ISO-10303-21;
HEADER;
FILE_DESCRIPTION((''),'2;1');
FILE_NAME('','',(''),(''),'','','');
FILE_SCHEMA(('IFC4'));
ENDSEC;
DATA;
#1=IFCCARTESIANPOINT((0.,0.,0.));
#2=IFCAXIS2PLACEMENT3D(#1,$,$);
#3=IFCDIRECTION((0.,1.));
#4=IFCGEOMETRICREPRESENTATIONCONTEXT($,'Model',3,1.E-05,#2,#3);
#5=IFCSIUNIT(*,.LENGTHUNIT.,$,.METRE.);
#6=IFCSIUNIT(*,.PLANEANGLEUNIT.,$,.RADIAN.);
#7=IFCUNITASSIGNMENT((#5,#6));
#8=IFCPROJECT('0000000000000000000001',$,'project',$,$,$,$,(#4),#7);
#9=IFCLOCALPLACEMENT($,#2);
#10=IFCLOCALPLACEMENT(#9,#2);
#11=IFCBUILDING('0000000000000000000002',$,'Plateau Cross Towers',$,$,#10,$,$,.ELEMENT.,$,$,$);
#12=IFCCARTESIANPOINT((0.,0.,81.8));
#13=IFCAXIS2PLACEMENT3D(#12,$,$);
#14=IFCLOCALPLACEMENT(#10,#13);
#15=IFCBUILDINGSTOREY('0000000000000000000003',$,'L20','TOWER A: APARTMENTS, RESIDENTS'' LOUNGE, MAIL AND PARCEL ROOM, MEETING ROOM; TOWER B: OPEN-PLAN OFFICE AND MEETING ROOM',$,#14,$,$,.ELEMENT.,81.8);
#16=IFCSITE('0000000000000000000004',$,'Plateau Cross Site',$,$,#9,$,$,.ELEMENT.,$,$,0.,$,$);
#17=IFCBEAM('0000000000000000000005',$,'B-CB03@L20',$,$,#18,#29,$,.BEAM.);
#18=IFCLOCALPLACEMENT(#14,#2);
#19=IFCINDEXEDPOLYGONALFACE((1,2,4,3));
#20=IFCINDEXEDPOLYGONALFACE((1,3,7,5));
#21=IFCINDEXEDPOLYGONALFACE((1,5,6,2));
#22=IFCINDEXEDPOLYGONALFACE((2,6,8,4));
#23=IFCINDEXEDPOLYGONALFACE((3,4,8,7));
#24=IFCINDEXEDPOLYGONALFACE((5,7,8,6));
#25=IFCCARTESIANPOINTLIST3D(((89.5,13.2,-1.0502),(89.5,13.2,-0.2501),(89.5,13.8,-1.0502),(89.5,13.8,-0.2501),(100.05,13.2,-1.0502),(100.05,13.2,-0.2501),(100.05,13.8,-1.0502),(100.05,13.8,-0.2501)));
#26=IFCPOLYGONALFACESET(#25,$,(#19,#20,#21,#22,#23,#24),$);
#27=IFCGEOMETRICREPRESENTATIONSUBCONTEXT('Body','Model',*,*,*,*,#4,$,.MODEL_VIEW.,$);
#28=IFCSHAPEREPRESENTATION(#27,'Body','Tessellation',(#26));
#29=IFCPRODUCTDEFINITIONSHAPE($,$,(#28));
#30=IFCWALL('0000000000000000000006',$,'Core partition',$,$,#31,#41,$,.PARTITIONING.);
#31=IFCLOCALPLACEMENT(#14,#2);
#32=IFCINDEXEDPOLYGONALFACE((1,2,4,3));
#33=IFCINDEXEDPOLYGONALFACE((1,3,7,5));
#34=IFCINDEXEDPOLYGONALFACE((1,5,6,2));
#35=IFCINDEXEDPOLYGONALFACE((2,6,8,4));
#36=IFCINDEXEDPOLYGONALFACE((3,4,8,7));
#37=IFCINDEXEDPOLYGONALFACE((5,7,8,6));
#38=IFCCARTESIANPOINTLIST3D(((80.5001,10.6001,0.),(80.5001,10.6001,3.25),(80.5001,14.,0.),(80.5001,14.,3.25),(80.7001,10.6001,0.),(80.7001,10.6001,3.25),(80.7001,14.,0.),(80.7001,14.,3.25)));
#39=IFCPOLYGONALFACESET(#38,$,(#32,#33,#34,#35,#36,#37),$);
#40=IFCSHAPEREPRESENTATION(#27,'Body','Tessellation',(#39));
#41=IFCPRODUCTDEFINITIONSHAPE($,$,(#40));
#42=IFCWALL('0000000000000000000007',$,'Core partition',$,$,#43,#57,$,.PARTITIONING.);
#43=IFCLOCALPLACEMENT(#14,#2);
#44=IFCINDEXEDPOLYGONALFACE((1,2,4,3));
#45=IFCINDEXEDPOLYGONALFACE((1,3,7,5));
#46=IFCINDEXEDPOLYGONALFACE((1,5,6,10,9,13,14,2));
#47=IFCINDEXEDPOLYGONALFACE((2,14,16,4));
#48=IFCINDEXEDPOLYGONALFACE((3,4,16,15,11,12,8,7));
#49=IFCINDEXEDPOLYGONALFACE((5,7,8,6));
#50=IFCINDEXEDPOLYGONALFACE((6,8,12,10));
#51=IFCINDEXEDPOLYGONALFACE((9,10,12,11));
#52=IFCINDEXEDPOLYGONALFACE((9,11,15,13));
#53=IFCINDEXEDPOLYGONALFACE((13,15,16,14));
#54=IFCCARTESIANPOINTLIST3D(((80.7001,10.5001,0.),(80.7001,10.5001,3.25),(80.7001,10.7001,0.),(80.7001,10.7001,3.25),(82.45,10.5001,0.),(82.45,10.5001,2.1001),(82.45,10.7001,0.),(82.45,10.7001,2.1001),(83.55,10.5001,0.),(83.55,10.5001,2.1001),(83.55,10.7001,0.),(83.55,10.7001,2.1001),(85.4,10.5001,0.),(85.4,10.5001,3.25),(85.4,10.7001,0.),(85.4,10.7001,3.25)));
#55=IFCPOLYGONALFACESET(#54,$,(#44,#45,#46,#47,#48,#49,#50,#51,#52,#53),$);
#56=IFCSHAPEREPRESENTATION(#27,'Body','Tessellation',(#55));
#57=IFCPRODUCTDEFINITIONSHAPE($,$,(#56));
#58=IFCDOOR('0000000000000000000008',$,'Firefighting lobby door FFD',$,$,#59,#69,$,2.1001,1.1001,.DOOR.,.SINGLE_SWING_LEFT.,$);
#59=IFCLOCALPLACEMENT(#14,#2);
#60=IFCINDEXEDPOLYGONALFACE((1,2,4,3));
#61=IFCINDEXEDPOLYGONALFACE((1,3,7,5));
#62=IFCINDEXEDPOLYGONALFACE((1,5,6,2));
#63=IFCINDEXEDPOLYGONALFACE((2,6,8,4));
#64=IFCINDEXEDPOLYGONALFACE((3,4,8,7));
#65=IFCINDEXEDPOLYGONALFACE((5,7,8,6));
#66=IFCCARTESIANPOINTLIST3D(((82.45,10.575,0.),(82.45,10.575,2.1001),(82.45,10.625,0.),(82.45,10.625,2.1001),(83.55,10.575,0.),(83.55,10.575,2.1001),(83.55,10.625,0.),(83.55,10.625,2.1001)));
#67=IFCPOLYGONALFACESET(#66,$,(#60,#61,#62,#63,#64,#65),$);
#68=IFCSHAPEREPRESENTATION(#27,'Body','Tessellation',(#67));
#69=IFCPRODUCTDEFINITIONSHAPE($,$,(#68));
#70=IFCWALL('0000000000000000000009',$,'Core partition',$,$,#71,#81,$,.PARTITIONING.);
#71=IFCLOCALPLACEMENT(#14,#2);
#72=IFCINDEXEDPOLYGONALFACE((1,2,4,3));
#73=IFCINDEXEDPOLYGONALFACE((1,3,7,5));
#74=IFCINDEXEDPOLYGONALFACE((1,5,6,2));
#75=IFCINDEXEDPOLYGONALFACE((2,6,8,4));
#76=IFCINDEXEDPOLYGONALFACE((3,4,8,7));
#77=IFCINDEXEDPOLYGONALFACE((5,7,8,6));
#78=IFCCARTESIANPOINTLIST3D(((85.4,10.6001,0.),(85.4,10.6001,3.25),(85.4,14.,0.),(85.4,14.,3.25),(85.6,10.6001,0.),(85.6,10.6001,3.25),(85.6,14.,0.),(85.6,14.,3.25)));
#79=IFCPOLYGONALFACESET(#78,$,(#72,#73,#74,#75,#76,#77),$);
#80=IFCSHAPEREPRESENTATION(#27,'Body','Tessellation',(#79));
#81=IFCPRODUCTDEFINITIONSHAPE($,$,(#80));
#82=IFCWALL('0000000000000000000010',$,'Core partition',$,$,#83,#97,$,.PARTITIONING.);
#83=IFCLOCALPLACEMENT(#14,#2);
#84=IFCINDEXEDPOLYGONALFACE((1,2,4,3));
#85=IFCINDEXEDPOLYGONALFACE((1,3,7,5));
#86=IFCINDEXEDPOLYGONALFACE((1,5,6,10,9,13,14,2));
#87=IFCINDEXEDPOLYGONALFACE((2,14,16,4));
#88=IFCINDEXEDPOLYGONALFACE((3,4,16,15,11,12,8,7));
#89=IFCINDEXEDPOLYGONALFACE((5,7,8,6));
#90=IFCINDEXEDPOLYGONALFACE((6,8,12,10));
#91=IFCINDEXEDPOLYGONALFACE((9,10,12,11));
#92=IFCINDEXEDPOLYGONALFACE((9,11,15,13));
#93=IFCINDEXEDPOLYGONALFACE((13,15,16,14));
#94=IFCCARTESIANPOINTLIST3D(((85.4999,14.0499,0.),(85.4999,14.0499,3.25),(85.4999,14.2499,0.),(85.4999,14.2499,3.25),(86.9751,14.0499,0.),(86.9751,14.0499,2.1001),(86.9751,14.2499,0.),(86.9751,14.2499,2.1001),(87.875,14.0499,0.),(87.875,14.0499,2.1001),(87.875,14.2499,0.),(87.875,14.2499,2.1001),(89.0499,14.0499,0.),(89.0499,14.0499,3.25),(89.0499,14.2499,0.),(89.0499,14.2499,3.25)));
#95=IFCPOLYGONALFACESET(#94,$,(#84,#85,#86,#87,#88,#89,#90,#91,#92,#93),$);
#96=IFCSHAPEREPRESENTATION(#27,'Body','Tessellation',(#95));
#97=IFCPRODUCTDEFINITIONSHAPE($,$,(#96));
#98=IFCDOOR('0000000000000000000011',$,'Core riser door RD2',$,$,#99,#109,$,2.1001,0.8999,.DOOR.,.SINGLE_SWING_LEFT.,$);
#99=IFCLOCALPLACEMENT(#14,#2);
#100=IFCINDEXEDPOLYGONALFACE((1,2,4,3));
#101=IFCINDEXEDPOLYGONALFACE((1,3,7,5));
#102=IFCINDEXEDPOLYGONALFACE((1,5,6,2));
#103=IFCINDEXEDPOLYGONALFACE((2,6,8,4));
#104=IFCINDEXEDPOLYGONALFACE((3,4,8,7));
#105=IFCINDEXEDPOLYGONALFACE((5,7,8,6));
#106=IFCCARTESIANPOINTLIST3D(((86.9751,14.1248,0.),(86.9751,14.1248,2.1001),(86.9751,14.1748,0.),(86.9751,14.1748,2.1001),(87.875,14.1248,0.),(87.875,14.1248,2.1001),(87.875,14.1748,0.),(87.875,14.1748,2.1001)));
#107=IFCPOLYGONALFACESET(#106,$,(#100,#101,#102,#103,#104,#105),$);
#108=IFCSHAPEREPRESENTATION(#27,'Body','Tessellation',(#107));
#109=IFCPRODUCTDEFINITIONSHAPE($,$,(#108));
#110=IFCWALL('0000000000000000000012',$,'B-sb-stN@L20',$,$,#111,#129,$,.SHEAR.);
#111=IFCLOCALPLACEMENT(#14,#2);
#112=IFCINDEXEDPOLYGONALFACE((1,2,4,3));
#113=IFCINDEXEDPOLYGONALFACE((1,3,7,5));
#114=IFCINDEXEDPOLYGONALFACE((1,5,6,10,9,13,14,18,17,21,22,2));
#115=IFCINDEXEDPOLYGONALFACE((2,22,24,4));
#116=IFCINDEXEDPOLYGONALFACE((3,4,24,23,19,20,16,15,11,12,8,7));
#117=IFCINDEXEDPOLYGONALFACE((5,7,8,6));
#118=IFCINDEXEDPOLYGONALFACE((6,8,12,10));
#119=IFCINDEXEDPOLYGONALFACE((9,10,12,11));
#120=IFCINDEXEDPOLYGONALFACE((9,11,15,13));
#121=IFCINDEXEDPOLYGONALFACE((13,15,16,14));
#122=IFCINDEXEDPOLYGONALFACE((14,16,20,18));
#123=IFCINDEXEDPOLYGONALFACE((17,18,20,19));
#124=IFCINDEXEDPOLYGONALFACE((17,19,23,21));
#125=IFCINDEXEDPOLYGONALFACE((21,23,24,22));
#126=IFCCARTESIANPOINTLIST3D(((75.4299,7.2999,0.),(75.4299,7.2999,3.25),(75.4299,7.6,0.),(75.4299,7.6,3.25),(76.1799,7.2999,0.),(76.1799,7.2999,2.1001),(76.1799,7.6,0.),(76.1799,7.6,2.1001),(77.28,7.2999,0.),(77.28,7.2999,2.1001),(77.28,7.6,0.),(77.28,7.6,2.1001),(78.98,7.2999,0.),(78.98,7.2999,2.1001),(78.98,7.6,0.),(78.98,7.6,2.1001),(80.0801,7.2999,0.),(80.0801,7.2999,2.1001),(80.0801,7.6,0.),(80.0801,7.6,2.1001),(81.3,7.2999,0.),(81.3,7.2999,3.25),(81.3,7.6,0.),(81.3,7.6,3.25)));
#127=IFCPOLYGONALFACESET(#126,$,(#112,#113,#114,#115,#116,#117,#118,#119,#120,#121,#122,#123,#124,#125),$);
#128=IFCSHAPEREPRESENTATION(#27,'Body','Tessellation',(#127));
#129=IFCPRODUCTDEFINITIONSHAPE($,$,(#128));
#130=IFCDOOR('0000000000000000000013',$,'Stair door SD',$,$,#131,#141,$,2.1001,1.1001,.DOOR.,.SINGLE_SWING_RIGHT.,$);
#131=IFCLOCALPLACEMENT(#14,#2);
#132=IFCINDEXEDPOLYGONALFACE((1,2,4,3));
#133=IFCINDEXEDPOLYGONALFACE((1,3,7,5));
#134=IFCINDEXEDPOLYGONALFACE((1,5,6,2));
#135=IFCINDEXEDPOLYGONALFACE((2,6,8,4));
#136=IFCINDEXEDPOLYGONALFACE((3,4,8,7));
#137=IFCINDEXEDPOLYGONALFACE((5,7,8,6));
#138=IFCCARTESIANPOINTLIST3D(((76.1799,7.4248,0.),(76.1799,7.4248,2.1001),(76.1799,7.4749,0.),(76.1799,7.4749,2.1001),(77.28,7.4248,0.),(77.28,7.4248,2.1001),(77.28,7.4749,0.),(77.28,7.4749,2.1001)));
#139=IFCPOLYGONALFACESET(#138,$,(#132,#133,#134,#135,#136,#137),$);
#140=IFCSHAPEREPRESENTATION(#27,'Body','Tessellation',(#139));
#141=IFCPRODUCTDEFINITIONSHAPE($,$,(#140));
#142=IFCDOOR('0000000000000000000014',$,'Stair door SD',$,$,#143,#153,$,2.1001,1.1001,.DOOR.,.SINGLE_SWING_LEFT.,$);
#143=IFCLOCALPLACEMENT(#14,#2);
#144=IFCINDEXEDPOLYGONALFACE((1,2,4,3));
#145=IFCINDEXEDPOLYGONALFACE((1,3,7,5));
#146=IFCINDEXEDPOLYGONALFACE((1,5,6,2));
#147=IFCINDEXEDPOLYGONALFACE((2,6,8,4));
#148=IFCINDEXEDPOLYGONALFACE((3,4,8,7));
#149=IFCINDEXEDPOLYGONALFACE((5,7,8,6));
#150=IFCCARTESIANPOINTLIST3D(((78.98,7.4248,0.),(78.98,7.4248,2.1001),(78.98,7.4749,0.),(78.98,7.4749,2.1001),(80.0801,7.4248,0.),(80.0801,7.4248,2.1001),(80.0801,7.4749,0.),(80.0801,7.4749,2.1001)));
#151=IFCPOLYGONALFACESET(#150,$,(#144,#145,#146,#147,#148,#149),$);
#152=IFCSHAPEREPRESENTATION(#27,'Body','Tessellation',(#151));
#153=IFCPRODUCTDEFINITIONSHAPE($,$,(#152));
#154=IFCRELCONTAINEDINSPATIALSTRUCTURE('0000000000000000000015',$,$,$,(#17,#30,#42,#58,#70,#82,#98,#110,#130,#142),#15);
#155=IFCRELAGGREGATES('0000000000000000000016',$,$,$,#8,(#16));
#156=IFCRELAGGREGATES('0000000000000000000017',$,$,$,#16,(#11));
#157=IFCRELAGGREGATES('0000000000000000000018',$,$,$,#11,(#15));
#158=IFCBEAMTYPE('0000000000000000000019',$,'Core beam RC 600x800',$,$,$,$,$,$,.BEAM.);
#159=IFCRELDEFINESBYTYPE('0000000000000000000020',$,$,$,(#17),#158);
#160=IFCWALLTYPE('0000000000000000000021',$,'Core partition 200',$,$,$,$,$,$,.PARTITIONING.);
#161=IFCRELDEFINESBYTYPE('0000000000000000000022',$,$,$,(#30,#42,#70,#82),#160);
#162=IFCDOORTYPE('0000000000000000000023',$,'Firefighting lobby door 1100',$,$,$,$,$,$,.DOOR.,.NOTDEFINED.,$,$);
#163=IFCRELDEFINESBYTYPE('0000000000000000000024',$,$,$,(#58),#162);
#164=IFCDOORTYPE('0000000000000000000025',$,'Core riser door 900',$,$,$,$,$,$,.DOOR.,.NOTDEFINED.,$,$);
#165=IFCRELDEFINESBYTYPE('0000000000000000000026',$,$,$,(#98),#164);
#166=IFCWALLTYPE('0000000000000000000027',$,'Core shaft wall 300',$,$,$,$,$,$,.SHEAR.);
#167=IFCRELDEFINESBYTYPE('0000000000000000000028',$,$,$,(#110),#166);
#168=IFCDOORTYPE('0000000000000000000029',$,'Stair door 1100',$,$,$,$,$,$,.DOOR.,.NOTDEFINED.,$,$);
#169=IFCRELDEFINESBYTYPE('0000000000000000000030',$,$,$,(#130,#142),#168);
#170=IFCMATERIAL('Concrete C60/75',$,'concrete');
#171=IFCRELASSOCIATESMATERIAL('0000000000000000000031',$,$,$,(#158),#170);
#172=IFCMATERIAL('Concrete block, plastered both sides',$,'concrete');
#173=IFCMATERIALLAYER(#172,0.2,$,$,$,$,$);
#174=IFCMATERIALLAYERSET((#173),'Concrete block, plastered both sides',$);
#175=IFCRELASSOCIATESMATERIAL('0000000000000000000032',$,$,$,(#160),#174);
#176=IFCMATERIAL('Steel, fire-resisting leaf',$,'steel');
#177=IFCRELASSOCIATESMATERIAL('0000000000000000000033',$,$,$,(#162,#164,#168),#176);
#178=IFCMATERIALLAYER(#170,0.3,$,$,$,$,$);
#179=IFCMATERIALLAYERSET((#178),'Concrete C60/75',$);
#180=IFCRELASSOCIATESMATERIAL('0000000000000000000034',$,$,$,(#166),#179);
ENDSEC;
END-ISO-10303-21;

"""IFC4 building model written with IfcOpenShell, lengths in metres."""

from ifc_helpers import new_model, si_unit, direction, frame, frame_2d, origin, origin_2d, place, context, subcontext, project, spatial, rectangle, extrude, material, layer, layer_set, material_profile, profile_set, type_object, element, fill, save


model = new_model("IFC4")

# Units and contexts
model_context = context("Model", 3, precision=1e-05, world=origin(), true_north=direction((0.0, 1.0)))
body_context = subcontext(model_context, "Body", "Model", "MODEL_VIEW")
ifc_project = project(units=[si_unit("LENGTHUNIT", "METRE"), si_unit("PLANEANGLEUNIT", "RADIAN")], contexts=[model_context])

# Site, building, storey
site_placement = place(None, origin())
site = spatial("IfcSite", under=ifc_project, at=site_placement, Name="Plateau Cross Site", CompositionType="ELEMENT", RefElevation=0.0)
building_placement = place(site_placement, origin())
building = spatial("IfcBuilding", under=site, at=building_placement, Name="Plateau Cross Towers", CompositionType="ELEMENT")
storey_placement = place(building_placement, frame((0.0, 0.0, 81.8)))
storey = spatial("IfcBuildingStorey", under=building, at=storey_placement, Name="L20", Description="TOWER A: APARTMENTS, RESIDENTS' LOUNGE, MAIL AND PARCEL ROOM, MEETING ROOM; TOWER B: OPEN-PLAN OFFICE AND MEETING ROOM", CompositionType="ELEMENT", Elevation=81.8)

# Beam
ifc_material_1 = material(Name="Concrete C60/75", Category="concrete")
ifc_material_profile = material_profile(ifc_material_1, rectangle(XDim=0.6001, YDim=0.8, at=origin_2d()), Name="RC 600x800")
ifc_profile_set = profile_set([ifc_material_profile], Name="Concrete C60/75")
beam_type = type_object("IfcBeamType", Name="Core beam RC 600x800", PredefinedType="BEAM", material=ifc_profile_set)
beam_placement = place(storey_placement, frame((89.5, 13.5, -0.6501), z_axis=(1.0, 0.0, 0.0), x_axis=(0.0, 1.0, 0.0)))
element("IfcBeam", 1, at=beam_placement, inside=storey, type_object=beam_type, Name="B-CB03@L20", PredefinedType="BEAM", context=body_context, shape_type="SweptSolid", body=[
    extrude(rectangle(XDim=0.6001, YDim=0.8, at=origin_2d()), origin(), (0.0, 0.0, 1.0), 10.55),
])

# Wall
ifc_material_2 = material(Name="Concrete block, plastered both sides", Category="concrete")
ifc_layer_1 = layer(ifc_material_2, 0.2)
ifc_layer_set_1 = layer_set([ifc_layer_1], Name="Concrete block, plastered both sides")
wall_type_1 = type_object("IfcWallType", Name="Core partition 200", PredefinedType="PARTITIONING", material=ifc_layer_set_1)
wall_1_placement = place(storey_placement, frame((80.6001, 10.6001, 0.0), z_axis=(0.0, 0.0, 1.0), x_axis=(0.0, 1.0, 0.0)))
element("IfcWall", 2, at=wall_1_placement, inside=storey, type_object=wall_type_1, Name="Core partition", PredefinedType="PARTITIONING", context=body_context, shape_type="SweptSolid", body=[
    extrude(rectangle(XDim=3.3999, YDim=0.2, at=frame_2d((1.7, 0.0))), origin(), (0.0, 0.0, 1.0), 3.25),
])

# Wall, opening, door
wall_2_placement = place(storey_placement, frame((80.7, 10.6001, 0.0), z_axis=(0.0, 0.0, 1.0), x_axis=(1.0, 0.0, 0.0)))
wall_2 = element("IfcWall", 3, at=wall_2_placement, inside=storey, type_object=wall_type_1, Name="Core partition", PredefinedType="PARTITIONING", context=body_context, shape_type="SweptSolid", body=[
    extrude(rectangle(XDim=4.7, YDim=0.2, at=frame_2d((2.3501, 0.0))), origin(), (0.0, 0.0, 1.0), 3.25),
])
opening_1_placement = place(wall_2_placement, frame((1.75, 0.0, 0.0)))
opening_1 = element("IfcOpeningElement", 4, at=opening_1_placement, cuts=wall_2, PredefinedType="OPENING", context=body_context, shape_type="SweptSolid", body=[
    extrude(rectangle(XDim=1.1001, YDim=2.1001, at=frame_2d((0.55, 1.05))), frame((0.0, 0.1099, 0.0), z_axis=(0.0, -1.0, 0.0), x_axis=(1.0, 0.0, 0.0)), (0.0, 0.0, 1.0), 0.22),
])
ifc_material_3 = material(Name="Steel, fire-resisting leaf", Category="steel")
door_type_1 = type_object("IfcDoorType", Name="Firefighting lobby door 1100", OperationType="NOTDEFINED", PredefinedType="DOOR", material=ifc_material_3)
door_1_placement = place(opening_1_placement, origin())
door_1 = element("IfcDoor", 5, at=door_1_placement, inside=storey, type_object=door_type_1, Name="Firefighting lobby door FFD", OperationType="SINGLE_SWING_LEFT", OverallHeight=2.1001, OverallWidth=1.1001, PredefinedType="DOOR", context=body_context, shape_type="SweptSolid", body=[
    extrude(rectangle(XDim=1.1001, YDim=2.1001, at=frame_2d((0.55, 1.05))), frame((0.0, 0.0249, 0.0), z_axis=(0.0, -1.0, 0.0), x_axis=(1.0, 0.0, 0.0)), (0.0, 0.0, 1.0), 0.05),
])
fill(opening_1, door_1)

# Wall
wall_3_placement = place(storey_placement, frame((85.5, 10.6001, 0.0), z_axis=(0.0, 0.0, 1.0), x_axis=(0.0, 1.0, 0.0)))
element("IfcWall", 6, at=wall_3_placement, inside=storey, type_object=wall_type_1, Name="Core partition", PredefinedType="PARTITIONING", context=body_context, shape_type="SweptSolid", body=[
    extrude(rectangle(XDim=3.3999, YDim=0.2, at=frame_2d((1.7, 0.0))), origin(), (0.0, 0.0, 1.0), 3.25),
])

# Wall, opening, door
wall_4_placement = place(storey_placement, frame((85.5, 14.1499, 0.0), z_axis=(0.0, 0.0, 1.0), x_axis=(1.0, 0.0, 0.0)))
wall_4 = element("IfcWall", 7, at=wall_4_placement, inside=storey, type_object=wall_type_1, Name="Core partition", PredefinedType="PARTITIONING", context=body_context, shape_type="SweptSolid", body=[
    extrude(rectangle(XDim=3.55, YDim=0.2, at=frame_2d((1.7749, 0.0))), origin(), (0.0, 0.0, 1.0), 3.25),
])
opening_2_placement = place(wall_4_placement, frame((1.4751, 0.0, 0.0)))
opening_2 = element("IfcOpeningElement", 8, at=opening_2_placement, cuts=wall_4, PredefinedType="OPENING", context=body_context, shape_type="SweptSolid", body=[
    extrude(rectangle(XDim=0.8999, YDim=2.1001, at=frame_2d((0.45, 1.05))), frame((0.0, 0.1099, 0.0), z_axis=(0.0, -1.0, 0.0), x_axis=(1.0, 0.0, 0.0)), (0.0, 0.0, 1.0), 0.22),
])
door_type_2 = type_object("IfcDoorType", Name="Core riser door 900", OperationType="NOTDEFINED", PredefinedType="DOOR", material=ifc_material_3)
door_2_placement = place(opening_2_placement, origin())
door_2 = element("IfcDoor", 9, at=door_2_placement, inside=storey, type_object=door_type_2, Name="Core riser door RD2", OperationType="SINGLE_SWING_LEFT", OverallHeight=2.1001, OverallWidth=0.8999, PredefinedType="DOOR", context=body_context, shape_type="SweptSolid", body=[
    extrude(rectangle(XDim=0.8999, YDim=2.1001, at=frame_2d((0.45, 1.05))), frame((0.0, 0.0249, 0.0), z_axis=(0.0, -1.0, 0.0), x_axis=(1.0, 0.0, 0.0)), (0.0, 0.0, 1.0), 0.05),
])
fill(opening_2, door_2)

# Wall, openings, doors
ifc_layer_2 = layer(ifc_material_1, 0.3)
ifc_layer_set_2 = layer_set([ifc_layer_2], Name="Concrete C60/75")
wall_type_2 = type_object("IfcWallType", Name="Core shaft wall 300", PredefinedType="SHEAR", material=ifc_layer_set_2)
wall_5_placement = place(storey_placement, frame((75.4299, 7.45, 0.0), z_axis=(0.0, 0.0, 1.0), x_axis=(1.0, 0.0, 0.0)))
wall_5 = element("IfcWall", 10, at=wall_5_placement, inside=storey, type_object=wall_type_2, Name="B-sb-stN@L20", PredefinedType="SHEAR", context=body_context, shape_type="SweptSolid", body=[
    extrude(rectangle(XDim=5.8701, YDim=0.3, at=frame_2d((2.9351, 0.0))), origin(), (0.0, 0.0, 1.0), 3.25),
])
opening_3_placement = place(wall_5_placement, frame((0.75, 0.0, 0.0)))
opening_3 = element("IfcOpeningElement", 11, at=opening_3_placement, cuts=wall_5, PredefinedType="OPENING", context=body_context, shape_type="SweptSolid", body=[
    extrude(rectangle(XDim=1.1001, YDim=2.1001, at=frame_2d((0.55, 1.05))), frame((0.0, 0.1599, 0.0), z_axis=(0.0, -1.0, 0.0), x_axis=(1.0, 0.0, 0.0)), (0.0, 0.0, 1.0), 0.3201),
])
opening_4_placement = place(wall_5_placement, frame((3.55, 0.0, 0.0)))
opening_4 = element("IfcOpeningElement", 12, at=opening_4_placement, cuts=wall_5, PredefinedType="OPENING", context=body_context, shape_type="SweptSolid", body=[
    extrude(rectangle(XDim=1.1001, YDim=2.1001, at=frame_2d((0.55, 1.05))), frame((0.0, 0.1599, 0.0), z_axis=(0.0, -1.0, 0.0), x_axis=(1.0, 0.0, 0.0)), (0.0, 0.0, 1.0), 0.3201),
])
door_type_3 = type_object("IfcDoorType", Name="Stair door 1100", OperationType="NOTDEFINED", PredefinedType="DOOR", material=ifc_material_3)
door_3_placement = place(opening_3_placement, origin())
door_3 = element("IfcDoor", 13, at=door_3_placement, inside=storey, type_object=door_type_3, Name="Stair door SD", OperationType="SINGLE_SWING_RIGHT", OverallHeight=2.1001, OverallWidth=1.1001, PredefinedType="DOOR", context=body_context, shape_type="SweptSolid", body=[
    extrude(rectangle(XDim=1.1001, YDim=2.1001, at=frame_2d((0.55, 1.05))), frame((0.0, 0.0249, 0.0), z_axis=(0.0, -1.0, 0.0), x_axis=(1.0, 0.0, 0.0)), (0.0, 0.0, 1.0), 0.05),
])
fill(opening_3, door_3)
door_4_placement = place(opening_4_placement, origin())
door_4 = element("IfcDoor", 14, at=door_4_placement, inside=storey, type_object=door_type_3, Name="Stair door SD", OperationType="SINGLE_SWING_LEFT", OverallHeight=2.1001, OverallWidth=1.1001, PredefinedType="DOOR", context=body_context, shape_type="SweptSolid", body=[
    extrude(rectangle(XDim=1.1001, YDim=2.1001, at=frame_2d((0.55, 1.05))), frame((0.0, 0.0249, 0.0), z_axis=(0.0, -1.0, 0.0), x_axis=(1.0, 0.0, 0.0)), (0.0, 0.0, 1.0), 0.05),
])
fill(opening_4, door_4)

save(model, "model.ifc")
